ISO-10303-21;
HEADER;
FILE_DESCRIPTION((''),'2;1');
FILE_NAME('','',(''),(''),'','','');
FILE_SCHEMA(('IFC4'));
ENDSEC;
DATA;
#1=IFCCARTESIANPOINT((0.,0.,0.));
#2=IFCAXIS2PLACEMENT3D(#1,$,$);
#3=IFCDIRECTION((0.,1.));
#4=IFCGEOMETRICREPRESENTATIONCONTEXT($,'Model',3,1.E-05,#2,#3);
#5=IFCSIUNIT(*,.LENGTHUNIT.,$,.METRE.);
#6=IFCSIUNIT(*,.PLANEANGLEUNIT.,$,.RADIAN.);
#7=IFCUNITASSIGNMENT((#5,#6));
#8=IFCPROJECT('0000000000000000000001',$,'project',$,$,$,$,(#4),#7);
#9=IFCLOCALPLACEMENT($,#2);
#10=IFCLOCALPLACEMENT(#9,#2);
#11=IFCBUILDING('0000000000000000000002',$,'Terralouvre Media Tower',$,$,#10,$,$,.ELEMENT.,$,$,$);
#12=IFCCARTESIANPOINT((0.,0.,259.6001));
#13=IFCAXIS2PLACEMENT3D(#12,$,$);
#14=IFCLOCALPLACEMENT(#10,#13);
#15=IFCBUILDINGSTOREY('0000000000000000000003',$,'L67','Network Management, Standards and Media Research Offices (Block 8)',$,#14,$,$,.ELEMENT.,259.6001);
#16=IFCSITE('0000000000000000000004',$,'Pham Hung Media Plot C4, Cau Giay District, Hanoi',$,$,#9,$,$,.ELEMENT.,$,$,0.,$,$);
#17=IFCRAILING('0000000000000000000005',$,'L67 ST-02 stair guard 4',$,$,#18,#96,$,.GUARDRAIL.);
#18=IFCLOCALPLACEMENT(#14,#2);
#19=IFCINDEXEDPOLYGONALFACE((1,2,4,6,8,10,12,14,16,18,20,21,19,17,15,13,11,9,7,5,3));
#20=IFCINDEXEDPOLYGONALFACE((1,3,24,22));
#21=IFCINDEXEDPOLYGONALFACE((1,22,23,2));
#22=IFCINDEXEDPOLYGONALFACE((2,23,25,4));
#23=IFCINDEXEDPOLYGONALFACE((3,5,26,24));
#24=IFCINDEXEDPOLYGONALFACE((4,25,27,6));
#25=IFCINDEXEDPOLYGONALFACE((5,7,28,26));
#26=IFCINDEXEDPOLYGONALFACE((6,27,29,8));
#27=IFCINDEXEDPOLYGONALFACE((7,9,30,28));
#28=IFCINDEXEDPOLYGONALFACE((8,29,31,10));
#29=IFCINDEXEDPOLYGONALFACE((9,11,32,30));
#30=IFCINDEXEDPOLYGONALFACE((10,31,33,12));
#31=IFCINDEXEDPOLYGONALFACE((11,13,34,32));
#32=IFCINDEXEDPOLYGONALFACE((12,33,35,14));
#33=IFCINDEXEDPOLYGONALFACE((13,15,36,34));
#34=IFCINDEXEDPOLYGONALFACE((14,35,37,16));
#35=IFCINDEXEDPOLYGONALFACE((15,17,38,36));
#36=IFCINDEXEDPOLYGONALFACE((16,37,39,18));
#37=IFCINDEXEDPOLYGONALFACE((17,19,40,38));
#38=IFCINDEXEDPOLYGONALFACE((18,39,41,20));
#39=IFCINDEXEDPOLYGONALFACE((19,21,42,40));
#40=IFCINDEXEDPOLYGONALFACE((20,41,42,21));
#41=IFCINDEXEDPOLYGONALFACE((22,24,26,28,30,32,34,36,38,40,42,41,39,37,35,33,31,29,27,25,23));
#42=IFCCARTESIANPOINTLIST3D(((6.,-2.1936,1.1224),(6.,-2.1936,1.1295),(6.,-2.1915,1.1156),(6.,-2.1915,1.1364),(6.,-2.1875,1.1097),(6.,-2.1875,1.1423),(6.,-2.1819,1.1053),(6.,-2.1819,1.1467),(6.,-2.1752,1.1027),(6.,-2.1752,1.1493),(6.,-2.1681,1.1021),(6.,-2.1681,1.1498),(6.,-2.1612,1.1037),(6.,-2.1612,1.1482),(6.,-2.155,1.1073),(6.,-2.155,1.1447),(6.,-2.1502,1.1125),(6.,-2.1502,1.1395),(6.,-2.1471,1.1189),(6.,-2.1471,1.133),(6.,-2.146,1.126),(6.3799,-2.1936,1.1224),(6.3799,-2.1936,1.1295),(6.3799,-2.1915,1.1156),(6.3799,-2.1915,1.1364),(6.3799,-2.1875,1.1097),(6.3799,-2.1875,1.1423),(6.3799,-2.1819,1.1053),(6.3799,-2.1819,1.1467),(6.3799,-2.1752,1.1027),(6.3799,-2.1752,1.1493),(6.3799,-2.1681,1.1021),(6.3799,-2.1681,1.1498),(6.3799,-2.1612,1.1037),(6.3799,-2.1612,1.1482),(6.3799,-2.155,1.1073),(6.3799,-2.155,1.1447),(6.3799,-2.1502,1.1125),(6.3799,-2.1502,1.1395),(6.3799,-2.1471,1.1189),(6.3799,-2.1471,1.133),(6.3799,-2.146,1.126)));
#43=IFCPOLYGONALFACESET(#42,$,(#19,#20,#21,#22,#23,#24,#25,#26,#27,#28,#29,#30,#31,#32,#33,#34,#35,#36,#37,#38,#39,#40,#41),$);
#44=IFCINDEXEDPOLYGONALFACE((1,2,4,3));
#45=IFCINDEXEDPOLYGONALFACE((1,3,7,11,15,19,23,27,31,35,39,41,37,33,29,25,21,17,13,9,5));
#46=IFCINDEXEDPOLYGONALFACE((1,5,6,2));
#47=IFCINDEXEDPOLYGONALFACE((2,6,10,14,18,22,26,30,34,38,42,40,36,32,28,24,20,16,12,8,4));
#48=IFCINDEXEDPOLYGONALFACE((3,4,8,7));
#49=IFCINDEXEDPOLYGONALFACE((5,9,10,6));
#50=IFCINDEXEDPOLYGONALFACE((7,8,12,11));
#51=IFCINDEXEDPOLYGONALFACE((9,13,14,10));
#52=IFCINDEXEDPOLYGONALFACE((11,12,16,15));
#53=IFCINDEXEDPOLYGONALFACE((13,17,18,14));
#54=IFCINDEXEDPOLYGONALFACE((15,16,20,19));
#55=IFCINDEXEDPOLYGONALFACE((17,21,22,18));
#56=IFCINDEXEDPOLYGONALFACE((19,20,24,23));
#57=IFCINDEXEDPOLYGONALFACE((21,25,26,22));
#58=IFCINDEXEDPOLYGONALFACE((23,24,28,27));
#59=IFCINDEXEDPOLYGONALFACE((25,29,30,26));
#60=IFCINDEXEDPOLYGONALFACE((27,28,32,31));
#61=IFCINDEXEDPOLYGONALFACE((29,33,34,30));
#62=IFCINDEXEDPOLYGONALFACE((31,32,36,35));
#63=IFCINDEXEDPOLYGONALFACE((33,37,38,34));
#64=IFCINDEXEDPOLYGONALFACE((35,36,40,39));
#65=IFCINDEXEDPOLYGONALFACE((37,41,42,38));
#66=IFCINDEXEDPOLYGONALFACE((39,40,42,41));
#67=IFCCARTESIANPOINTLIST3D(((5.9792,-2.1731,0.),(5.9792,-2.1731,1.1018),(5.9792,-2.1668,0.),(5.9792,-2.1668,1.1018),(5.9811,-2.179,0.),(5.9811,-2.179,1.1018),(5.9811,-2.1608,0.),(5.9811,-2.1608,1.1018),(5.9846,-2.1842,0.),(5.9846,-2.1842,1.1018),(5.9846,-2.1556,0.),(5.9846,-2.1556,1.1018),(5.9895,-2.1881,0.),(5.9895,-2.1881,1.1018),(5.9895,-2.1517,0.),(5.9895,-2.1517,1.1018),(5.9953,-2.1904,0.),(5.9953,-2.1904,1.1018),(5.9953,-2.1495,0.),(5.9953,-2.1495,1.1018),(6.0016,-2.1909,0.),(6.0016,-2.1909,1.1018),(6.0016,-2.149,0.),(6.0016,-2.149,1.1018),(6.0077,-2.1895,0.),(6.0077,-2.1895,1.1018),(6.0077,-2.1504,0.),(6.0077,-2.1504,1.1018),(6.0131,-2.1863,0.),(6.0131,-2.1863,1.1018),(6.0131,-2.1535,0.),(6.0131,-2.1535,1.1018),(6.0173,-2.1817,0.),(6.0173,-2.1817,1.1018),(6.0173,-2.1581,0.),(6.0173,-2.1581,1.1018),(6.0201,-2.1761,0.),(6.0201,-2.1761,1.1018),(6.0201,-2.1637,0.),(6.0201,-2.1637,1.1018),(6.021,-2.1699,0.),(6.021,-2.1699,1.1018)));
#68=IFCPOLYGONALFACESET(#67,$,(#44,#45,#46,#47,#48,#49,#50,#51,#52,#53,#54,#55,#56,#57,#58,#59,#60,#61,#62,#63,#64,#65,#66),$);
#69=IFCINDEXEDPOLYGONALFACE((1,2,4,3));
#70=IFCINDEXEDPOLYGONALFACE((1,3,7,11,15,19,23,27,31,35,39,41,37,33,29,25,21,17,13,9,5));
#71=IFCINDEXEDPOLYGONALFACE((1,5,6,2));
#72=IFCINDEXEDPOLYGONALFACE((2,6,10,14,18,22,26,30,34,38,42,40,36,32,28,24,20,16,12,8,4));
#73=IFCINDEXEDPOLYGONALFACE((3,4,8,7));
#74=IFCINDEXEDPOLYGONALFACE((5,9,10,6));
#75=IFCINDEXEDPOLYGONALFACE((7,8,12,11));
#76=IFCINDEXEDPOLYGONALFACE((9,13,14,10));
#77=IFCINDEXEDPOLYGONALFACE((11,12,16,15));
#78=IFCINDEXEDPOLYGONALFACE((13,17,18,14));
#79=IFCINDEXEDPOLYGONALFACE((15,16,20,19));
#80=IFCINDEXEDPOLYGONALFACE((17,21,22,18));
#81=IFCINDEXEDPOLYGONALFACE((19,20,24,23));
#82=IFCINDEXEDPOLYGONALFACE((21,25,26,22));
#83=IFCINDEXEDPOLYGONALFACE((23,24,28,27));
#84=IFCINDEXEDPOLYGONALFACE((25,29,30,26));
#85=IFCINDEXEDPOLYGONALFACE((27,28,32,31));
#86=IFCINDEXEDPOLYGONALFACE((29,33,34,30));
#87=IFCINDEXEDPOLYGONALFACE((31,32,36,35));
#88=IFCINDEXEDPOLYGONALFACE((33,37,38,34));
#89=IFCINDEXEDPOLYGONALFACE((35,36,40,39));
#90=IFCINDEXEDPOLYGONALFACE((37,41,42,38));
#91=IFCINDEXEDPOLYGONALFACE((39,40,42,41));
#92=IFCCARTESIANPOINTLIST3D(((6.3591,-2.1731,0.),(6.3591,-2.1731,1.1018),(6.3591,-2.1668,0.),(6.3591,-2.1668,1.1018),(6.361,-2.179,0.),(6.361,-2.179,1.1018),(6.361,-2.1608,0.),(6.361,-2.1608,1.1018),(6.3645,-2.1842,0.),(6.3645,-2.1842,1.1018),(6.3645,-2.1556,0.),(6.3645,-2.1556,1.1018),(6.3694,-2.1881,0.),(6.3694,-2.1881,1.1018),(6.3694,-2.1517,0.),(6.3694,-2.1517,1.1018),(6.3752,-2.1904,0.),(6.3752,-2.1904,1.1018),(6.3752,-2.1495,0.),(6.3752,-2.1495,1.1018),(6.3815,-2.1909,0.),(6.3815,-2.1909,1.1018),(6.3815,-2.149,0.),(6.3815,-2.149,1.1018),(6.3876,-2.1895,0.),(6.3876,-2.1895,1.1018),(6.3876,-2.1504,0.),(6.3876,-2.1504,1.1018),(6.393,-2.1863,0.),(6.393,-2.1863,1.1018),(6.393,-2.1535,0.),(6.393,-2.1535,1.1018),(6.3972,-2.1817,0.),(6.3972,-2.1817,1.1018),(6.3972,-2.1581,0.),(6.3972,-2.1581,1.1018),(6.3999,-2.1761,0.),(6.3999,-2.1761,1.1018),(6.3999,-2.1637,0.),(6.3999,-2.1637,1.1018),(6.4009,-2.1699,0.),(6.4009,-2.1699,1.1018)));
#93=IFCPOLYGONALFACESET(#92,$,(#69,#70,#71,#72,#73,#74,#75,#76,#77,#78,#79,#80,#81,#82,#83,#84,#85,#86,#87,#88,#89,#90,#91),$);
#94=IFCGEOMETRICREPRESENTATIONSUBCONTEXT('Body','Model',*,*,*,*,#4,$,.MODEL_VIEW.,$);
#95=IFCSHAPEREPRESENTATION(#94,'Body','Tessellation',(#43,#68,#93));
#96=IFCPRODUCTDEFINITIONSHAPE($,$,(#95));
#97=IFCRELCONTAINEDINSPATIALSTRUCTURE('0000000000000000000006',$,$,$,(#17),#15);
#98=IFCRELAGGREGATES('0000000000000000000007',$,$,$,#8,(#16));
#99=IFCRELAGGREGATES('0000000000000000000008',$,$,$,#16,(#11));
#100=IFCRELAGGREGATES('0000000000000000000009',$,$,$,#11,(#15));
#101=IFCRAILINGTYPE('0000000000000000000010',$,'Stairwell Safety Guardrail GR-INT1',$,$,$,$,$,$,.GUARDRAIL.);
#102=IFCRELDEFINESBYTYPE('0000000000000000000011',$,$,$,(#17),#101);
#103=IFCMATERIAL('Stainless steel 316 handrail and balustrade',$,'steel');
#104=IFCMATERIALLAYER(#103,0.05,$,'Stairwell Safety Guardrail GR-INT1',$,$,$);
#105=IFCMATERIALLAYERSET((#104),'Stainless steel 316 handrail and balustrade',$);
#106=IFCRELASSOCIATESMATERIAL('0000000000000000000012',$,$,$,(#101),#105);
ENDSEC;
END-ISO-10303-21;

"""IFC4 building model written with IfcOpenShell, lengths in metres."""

from ifc_helpers import new_model, si_unit, direction, frame, origin, origin_2d, place, context, subcontext, project, spatial, circle, extrude, material, layer, layer_set, type_object, element, save


model = new_model("IFC4")

# Units and contexts
model_context = context("Model", 3, precision=1e-05, world=origin(), true_north=direction((0.0, 1.0)))
body_context = subcontext(model_context, "Body", "Model", "MODEL_VIEW")
ifc_project = project(units=[si_unit("LENGTHUNIT", "METRE"), si_unit("PLANEANGLEUNIT", "RADIAN")], contexts=[model_context])

# Site, building, storey
site_placement = place(None, origin())
site = spatial("IfcSite", under=ifc_project, at=site_placement, Name="Pham Hung Media Plot C4, Cau Giay District, Hanoi", CompositionType="ELEMENT", RefElevation=0.0)
building_placement = place(site_placement, origin())
building = spatial("IfcBuilding", under=site, at=building_placement, Name="Terralouvre Media Tower", CompositionType="ELEMENT")
storey_placement = place(building_placement, frame((0.0, 0.0, 259.6001)))
storey = spatial("IfcBuildingStorey", under=building, at=storey_placement, Name="L67", Description="Network Management, Standards and Media Research Offices (Block 8)", CompositionType="ELEMENT", Elevation=259.6001)

# Railing
ifc_material_1 = material(Name="Stainless steel 316 handrail and balustrade", Category="steel")
ifc_layer_1 = layer(ifc_material_1, 0.05, Name="Stairwell Safety Guardrail GR-INT1")
ifc_layer_set_1 = layer_set([ifc_layer_1], Name="Stainless steel 316 handrail and balustrade")
railing_type_1 = type_object("IfcRailingType", Name="Stairwell Safety Guardrail GR-INT1", PredefinedType="GUARDRAIL", material=ifc_layer_set_1)
railing_1_placement = place(storey_placement, frame((6.0, -2.1699, 0.0)))
element("IfcRailing", 1, at=railing_1_placement, inside=storey, type_object=railing_type_1, Name="L67 ST-02 stair guard 4", PredefinedType="GUARDRAIL", context=body_context, shape_type="SweptSolid", body=[
    extrude(circle(Radius=0.0239, at=origin_2d()), frame((0.0, 0.0, 1.126), z_axis=(1.0, 0.0, 0.0), x_axis=(0.0, 1.0, 0.0)), (0.0, 0.0, 1.0), 0.3799),
    extrude(circle(Radius=0.021, at=origin_2d()), origin(), (0.0, 0.0, 1.0), 1.1018),
    extrude(circle(Radius=0.021, at=origin_2d()), frame((0.3799, 0.0, 0.0)), (0.0, 0.0, 1.0), 1.1018),
])

save(model, "model.ifc")
